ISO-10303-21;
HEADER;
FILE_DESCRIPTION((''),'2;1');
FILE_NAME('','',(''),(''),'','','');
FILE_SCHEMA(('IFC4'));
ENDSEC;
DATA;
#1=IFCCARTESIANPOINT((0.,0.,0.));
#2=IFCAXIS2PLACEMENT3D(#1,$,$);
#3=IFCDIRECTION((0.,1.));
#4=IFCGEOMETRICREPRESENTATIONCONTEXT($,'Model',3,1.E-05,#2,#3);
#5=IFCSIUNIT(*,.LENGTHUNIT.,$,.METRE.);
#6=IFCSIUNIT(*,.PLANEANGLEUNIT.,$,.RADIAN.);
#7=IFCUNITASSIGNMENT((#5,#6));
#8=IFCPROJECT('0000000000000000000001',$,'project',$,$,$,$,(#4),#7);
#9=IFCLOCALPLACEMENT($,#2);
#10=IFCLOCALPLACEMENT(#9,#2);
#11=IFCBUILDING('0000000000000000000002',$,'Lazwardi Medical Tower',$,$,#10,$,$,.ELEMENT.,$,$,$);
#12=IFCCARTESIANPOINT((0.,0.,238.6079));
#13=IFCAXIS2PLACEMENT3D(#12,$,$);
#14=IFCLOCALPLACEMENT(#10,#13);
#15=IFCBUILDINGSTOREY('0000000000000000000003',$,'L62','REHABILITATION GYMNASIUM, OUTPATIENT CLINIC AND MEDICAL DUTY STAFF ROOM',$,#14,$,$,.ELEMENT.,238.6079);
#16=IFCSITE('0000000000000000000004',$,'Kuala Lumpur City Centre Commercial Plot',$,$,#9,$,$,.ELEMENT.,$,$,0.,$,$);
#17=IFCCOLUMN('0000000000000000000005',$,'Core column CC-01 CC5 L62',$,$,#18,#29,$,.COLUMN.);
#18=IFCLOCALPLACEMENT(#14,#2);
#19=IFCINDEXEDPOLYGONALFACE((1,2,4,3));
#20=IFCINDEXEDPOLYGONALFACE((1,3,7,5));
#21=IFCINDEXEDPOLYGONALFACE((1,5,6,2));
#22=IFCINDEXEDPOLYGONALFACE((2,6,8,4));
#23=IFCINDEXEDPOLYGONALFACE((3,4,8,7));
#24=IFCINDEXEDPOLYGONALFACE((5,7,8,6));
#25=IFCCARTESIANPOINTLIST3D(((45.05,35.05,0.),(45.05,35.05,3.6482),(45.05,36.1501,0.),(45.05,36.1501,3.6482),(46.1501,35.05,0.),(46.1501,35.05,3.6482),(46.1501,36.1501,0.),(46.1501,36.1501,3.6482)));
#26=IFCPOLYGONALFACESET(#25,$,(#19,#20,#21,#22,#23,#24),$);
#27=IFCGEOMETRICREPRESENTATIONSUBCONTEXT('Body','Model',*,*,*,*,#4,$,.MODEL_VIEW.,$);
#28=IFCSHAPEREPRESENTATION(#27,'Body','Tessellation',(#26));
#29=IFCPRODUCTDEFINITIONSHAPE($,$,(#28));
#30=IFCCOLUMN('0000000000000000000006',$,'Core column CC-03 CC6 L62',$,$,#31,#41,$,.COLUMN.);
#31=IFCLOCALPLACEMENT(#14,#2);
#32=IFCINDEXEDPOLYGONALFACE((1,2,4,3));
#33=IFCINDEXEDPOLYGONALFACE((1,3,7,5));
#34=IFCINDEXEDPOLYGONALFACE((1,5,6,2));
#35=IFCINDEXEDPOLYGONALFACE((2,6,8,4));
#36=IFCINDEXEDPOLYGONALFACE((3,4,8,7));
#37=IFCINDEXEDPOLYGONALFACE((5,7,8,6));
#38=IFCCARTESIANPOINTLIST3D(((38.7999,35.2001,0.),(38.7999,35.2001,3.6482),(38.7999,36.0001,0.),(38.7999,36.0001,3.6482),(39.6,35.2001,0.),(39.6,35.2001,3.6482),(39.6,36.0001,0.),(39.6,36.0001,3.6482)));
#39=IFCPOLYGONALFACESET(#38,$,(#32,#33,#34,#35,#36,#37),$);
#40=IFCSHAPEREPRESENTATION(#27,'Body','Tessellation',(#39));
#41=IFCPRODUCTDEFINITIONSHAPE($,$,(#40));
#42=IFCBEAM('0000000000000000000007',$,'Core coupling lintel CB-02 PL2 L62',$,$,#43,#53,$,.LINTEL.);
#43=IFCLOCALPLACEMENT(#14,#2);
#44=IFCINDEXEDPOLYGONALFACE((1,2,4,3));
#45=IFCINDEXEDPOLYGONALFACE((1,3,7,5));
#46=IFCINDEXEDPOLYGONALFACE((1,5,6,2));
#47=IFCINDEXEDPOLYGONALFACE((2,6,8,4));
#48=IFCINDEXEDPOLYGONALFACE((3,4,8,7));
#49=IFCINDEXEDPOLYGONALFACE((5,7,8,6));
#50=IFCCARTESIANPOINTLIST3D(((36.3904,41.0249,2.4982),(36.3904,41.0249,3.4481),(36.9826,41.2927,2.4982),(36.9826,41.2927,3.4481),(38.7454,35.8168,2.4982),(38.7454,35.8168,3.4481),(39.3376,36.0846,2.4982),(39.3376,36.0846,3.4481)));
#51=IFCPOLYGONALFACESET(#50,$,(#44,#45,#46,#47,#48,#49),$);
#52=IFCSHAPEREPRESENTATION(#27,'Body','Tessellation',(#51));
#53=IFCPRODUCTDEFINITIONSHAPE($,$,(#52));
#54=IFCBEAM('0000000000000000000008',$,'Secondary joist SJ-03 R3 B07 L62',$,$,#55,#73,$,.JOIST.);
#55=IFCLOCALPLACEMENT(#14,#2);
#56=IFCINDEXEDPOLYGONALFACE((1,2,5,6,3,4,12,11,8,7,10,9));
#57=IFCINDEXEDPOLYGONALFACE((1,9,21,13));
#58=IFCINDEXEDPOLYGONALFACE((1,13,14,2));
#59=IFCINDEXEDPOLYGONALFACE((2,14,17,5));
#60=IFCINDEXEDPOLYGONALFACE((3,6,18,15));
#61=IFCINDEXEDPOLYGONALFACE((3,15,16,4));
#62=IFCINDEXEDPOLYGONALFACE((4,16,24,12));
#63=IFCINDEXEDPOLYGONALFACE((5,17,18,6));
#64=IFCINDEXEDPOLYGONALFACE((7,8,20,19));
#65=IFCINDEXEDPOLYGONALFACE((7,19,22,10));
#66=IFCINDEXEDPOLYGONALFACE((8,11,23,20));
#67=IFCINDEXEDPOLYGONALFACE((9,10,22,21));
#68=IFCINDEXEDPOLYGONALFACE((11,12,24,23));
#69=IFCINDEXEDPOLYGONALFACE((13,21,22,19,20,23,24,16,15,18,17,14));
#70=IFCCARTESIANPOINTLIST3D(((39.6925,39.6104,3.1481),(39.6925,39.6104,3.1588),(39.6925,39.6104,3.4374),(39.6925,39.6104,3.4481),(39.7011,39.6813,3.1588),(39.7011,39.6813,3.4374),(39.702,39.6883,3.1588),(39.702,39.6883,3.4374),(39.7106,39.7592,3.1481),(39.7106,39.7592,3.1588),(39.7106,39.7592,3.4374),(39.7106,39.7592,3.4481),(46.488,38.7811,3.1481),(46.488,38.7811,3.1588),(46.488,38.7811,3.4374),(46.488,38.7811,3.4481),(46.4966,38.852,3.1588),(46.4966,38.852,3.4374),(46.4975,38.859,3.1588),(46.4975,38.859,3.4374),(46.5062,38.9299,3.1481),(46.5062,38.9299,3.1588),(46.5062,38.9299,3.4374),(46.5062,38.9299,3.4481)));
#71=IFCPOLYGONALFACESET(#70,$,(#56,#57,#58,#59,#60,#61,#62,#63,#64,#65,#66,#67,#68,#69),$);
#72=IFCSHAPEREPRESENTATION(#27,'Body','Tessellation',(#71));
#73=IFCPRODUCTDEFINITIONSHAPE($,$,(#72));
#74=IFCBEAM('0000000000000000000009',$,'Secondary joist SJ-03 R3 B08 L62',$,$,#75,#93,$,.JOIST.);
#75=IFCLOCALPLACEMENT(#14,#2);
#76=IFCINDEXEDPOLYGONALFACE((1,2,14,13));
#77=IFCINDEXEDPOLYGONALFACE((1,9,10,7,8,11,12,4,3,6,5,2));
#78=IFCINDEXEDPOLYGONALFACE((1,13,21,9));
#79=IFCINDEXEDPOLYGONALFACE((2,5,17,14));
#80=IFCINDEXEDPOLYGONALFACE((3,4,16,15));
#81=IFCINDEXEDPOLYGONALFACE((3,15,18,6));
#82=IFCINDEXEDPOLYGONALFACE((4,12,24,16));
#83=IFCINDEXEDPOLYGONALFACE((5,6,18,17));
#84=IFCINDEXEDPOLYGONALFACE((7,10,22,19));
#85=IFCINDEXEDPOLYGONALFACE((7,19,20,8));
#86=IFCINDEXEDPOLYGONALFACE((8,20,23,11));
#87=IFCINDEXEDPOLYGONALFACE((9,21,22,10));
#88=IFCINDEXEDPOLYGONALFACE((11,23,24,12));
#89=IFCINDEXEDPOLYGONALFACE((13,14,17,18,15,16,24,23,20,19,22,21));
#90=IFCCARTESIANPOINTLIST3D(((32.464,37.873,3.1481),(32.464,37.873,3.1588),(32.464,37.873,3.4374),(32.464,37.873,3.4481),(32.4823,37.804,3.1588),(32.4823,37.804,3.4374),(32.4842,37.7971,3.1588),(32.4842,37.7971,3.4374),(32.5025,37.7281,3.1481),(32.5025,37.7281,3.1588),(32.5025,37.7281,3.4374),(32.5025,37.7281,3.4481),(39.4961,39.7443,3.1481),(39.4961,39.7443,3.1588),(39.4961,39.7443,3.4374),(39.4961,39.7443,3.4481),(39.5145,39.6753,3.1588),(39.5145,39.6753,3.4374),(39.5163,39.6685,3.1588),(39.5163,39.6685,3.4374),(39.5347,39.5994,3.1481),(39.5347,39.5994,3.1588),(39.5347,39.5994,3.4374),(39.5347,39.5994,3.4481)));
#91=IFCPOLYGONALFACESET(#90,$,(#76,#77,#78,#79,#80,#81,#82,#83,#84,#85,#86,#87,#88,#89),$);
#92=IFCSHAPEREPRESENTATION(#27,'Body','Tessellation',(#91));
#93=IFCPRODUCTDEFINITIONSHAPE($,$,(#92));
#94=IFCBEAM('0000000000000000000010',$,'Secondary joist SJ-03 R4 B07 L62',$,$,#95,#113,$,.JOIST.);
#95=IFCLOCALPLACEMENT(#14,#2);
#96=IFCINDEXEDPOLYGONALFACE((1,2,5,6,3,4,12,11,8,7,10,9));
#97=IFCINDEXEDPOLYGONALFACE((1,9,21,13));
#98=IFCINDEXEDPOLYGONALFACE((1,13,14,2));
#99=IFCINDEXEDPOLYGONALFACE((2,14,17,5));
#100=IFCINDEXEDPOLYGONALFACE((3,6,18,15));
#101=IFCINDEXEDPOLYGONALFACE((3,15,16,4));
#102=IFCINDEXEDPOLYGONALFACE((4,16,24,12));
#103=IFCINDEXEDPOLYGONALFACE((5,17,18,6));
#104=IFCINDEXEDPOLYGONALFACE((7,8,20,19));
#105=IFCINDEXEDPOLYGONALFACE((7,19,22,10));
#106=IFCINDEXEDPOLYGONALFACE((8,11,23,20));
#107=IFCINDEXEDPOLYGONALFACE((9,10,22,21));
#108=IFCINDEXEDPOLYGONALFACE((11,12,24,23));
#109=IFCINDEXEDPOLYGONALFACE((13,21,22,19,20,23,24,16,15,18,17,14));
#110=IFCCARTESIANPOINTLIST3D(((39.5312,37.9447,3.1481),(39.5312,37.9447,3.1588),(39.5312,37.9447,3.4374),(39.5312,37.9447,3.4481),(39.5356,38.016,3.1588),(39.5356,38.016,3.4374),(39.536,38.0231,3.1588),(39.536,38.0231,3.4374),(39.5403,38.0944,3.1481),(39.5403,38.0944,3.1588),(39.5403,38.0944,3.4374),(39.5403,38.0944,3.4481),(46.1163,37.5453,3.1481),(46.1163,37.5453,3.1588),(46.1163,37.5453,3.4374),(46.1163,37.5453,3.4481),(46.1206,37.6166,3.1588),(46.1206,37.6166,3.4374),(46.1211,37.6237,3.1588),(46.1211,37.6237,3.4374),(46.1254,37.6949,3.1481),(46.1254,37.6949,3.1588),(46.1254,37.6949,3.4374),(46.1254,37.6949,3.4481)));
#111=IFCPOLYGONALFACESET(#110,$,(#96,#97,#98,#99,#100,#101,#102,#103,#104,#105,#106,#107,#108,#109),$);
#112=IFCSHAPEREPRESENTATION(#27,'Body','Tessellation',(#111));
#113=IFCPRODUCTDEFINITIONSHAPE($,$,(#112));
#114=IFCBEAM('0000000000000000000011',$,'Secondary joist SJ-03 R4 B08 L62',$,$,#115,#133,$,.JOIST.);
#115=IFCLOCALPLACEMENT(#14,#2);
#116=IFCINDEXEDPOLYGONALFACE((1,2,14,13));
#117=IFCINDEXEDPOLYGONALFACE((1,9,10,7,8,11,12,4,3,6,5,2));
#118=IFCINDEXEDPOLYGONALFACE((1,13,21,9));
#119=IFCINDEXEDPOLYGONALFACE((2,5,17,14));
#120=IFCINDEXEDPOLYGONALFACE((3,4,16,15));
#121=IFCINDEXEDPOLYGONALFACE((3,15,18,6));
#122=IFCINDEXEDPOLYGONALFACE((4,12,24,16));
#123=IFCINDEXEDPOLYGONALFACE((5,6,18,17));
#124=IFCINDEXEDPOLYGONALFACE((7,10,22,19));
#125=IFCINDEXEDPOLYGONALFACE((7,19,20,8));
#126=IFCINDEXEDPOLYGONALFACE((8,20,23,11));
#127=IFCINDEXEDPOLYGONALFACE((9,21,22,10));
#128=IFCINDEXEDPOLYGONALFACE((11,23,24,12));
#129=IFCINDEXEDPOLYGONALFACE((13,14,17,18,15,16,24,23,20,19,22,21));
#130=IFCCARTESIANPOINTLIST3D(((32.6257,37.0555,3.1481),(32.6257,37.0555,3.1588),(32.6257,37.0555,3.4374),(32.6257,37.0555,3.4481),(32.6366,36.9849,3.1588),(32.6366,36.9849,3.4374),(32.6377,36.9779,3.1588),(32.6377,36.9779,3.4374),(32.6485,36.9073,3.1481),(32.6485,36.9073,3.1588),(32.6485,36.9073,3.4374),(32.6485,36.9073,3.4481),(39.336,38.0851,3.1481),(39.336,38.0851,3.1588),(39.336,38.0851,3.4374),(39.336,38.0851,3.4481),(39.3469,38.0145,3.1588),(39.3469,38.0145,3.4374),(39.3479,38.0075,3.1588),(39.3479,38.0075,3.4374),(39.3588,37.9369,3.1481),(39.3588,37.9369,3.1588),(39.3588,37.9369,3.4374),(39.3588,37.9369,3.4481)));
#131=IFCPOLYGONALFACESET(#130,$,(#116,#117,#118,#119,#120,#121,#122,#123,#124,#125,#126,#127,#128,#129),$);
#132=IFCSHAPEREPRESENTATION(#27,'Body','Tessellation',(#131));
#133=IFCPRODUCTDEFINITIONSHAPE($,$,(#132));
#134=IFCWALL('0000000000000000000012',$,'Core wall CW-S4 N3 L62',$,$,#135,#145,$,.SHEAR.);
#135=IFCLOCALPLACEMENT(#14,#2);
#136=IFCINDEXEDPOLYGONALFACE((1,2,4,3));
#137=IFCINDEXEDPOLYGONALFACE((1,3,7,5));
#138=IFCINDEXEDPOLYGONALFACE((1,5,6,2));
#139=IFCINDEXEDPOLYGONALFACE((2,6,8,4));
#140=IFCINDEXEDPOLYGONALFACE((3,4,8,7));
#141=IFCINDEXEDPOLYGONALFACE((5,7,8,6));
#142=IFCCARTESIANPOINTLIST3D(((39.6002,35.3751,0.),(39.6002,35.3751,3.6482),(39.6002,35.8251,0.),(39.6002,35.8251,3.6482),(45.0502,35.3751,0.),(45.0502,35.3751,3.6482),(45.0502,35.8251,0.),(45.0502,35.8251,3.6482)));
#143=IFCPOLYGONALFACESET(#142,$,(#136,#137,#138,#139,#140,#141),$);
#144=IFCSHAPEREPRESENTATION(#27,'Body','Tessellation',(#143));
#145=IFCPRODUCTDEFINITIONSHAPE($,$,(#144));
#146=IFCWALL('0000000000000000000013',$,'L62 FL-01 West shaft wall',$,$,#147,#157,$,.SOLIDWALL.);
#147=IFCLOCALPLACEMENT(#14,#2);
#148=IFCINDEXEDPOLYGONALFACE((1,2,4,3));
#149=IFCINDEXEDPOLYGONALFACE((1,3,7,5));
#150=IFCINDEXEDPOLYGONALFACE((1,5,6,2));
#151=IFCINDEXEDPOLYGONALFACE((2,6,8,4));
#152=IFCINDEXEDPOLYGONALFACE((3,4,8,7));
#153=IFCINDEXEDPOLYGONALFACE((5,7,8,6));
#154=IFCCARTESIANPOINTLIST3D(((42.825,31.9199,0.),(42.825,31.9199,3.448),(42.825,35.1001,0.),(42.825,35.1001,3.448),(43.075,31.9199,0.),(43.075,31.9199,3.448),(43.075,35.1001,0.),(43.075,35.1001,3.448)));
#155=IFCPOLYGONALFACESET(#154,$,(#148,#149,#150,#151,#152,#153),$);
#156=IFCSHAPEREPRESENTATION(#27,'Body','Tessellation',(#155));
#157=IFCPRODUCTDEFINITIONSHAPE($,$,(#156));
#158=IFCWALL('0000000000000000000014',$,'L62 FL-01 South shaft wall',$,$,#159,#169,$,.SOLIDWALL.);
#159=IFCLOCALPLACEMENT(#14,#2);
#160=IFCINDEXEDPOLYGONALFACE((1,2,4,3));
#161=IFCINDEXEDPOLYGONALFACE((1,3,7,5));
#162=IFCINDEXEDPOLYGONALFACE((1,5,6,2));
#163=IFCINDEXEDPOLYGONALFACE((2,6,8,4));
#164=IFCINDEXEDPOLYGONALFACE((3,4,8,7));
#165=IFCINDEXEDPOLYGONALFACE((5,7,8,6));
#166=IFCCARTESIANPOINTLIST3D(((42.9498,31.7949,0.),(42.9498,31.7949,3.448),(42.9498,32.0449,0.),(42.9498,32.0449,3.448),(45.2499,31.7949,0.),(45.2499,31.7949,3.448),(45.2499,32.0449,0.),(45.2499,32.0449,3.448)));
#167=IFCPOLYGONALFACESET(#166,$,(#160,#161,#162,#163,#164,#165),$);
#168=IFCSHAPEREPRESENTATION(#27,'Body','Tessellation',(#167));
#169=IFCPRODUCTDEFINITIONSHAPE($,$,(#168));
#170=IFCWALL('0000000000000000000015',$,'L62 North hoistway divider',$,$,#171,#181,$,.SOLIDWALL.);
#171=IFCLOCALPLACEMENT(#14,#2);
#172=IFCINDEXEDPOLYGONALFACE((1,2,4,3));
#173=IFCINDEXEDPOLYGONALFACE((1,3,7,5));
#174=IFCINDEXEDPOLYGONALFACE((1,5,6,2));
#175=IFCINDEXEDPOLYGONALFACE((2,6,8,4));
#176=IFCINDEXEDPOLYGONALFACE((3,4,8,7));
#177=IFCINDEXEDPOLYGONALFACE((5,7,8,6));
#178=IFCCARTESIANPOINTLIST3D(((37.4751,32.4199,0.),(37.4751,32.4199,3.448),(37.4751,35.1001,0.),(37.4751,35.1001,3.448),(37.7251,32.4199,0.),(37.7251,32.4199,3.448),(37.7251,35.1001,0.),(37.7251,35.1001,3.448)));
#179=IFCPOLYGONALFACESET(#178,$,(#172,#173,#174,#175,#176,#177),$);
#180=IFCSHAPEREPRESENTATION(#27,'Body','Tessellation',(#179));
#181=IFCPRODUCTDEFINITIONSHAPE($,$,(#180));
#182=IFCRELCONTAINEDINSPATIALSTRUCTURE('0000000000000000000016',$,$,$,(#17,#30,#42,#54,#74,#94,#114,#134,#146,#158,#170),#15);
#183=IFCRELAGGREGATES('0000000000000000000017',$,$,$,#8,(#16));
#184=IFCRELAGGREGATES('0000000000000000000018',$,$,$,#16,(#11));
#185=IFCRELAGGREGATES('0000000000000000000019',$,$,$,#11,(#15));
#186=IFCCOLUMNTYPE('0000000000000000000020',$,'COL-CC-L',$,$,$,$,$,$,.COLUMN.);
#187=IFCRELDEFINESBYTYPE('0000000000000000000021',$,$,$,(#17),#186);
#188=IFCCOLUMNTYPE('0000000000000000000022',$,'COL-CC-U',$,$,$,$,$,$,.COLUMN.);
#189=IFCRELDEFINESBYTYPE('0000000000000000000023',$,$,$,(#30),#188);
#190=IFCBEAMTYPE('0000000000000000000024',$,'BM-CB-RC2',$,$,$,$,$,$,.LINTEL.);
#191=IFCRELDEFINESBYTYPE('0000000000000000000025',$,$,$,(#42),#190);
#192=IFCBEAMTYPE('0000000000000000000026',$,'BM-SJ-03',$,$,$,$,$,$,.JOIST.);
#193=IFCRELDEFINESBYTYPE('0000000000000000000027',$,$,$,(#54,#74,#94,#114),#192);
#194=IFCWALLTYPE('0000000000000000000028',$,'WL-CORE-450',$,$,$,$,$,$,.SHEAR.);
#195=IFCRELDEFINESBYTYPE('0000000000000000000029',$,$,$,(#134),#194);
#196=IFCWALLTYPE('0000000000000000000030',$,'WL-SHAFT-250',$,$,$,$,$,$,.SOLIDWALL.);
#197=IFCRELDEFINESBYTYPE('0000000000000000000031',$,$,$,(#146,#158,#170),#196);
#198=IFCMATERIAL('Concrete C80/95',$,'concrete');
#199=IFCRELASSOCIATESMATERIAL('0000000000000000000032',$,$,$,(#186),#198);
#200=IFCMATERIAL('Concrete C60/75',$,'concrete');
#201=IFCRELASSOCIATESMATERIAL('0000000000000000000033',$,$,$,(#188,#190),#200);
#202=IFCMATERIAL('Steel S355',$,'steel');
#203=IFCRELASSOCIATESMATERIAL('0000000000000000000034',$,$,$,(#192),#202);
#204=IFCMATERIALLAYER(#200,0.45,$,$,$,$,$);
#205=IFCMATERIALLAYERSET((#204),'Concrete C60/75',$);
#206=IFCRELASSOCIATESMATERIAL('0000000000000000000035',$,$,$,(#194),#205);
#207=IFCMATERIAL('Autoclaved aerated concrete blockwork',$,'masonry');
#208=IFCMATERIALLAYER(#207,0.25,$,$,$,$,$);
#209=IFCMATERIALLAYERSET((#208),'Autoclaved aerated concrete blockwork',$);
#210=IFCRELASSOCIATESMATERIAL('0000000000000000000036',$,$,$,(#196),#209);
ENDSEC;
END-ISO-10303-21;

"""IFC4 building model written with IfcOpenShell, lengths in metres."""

from ifc_helpers import new_model, si_unit, direction, frame, frame_2d, origin, origin_2d, place, context, subcontext, project, spatial, rectangle, i_section, extrude, material, layer, layer_set, material_profile, profile_set, type_object, element, save


model = new_model("IFC4")

# Units and contexts
model_context = context("Model", 3, precision=1e-05, world=origin(), true_north=direction((0.0, 1.0)))
body_context = subcontext(model_context, "Body", "Model", "MODEL_VIEW")
ifc_project = project(units=[si_unit("LENGTHUNIT", "METRE"), si_unit("PLANEANGLEUNIT", "RADIAN")], contexts=[model_context])

# Site, building, storey
site_placement = place(None, origin())
site = spatial("IfcSite", under=ifc_project, at=site_placement, Name="Kuala Lumpur City Centre Commercial Plot", CompositionType="ELEMENT", RefElevation=0.0)
building_placement = place(site_placement, origin())
building = spatial("IfcBuilding", under=site, at=building_placement, Name="Lazwardi Medical Tower", CompositionType="ELEMENT")
storey_placement = place(building_placement, frame((0.0, 0.0, 238.6079)))
storey = spatial("IfcBuildingStorey", under=building, at=storey_placement, Name="L62", Description="REHABILITATION GYMNASIUM, OUTPATIENT CLINIC AND MEDICAL DUTY STAFF ROOM", CompositionType="ELEMENT", Elevation=238.6079)

# Columns
ifc_material_1 = material(Name="Concrete C80/95", Category="concrete")
ifc_material_profile_1 = material_profile(ifc_material_1, rectangle(XDim=1.1001, YDim=1.1001, at=origin_2d()), Name="RC 1100x1100")
ifc_profile_set_1 = profile_set([ifc_material_profile_1], Name="Concrete C80/95")
column_type_1 = type_object("IfcColumnType", Name="COL-CC-L", PredefinedType="COLUMN", material=ifc_profile_set_1)
column_1_placement = place(storey_placement, frame((45.6001, 35.6001, 0.0), z_axis=(0.0, 0.0, 1.0), x_axis=(1.0, 0.0, 0.0)))
element("IfcColumn", 1, at=column_1_placement, inside=storey, type_object=column_type_1, Name="Core column CC-01 CC5 L62", PredefinedType="COLUMN", context=body_context, shape_type="SweptSolid", body=[
    extrude(rectangle(XDim=1.1001, YDim=1.1001, at=origin_2d()), origin(), (0.0, 0.0, 1.0), 3.6482),
])
ifc_material_2 = material(Name="Concrete C60/75", Category="concrete")
ifc_material_profile_2 = material_profile(ifc_material_2, rectangle(XDim=0.8, YDim=0.8, at=origin_2d()), Name="RC 800x800")
ifc_profile_set_2 = profile_set([ifc_material_profile_2], Name="Concrete C60/75")
column_type_2 = type_object("IfcColumnType", Name="COL-CC-U", PredefinedType="COLUMN", material=ifc_profile_set_2)
column_2_placement = place(storey_placement, frame((39.2, 35.6001, 0.0), z_axis=(0.0, 0.0, 1.0), x_axis=(1.0, 0.0, 0.0)))
element("IfcColumn", 2, at=column_2_placement, inside=storey, type_object=column_type_2, Name="Core column CC-03 CC6 L62", PredefinedType="COLUMN", context=body_context, shape_type="SweptSolid", body=[
    extrude(rectangle(XDim=0.8, YDim=0.8, at=origin_2d()), origin(), (0.0, 0.0, 1.0), 3.6482),
])

# Beams
ifc_material_profile_3 = material_profile(ifc_material_2, rectangle(XDim=0.6499, YDim=0.95, at=origin_2d()), Name="RC 650x950")
ifc_profile_set_3 = profile_set([ifc_material_profile_3], Name="Concrete C60/75")
beam_type_1 = type_object("IfcBeamType", Name="BM-CB-RC2", PredefinedType="LINTEL", material=ifc_profile_set_3)
beam_1_placement = place(storey_placement, frame((39.0415, 35.9507, 2.9731), z_axis=(-0.412019, 0.911175, 0.0), x_axis=(-0.911175, -0.412019, 0.0)))
element("IfcBeam", 3, at=beam_1_placement, inside=storey, type_object=beam_type_1, Name="Core coupling lintel CB-02 PL2 L62", PredefinedType="LINTEL", context=body_context, shape_type="SweptSolid", body=[
    extrude(rectangle(XDim=0.6499, YDim=0.95, at=origin_2d()), origin(), (0.0, 0.0, 1.0), 5.7158),
])
ifc_material_3 = material(Name="Steel S355", Category="steel")
ifc_material_profile_4 = material_profile(ifc_material_3, i_section(OverallWidth=0.1499, OverallDepth=0.3, WebThickness=0.0071, FlangeThickness=0.0107, at=origin_2d()), Name="IPE 300")
ifc_profile_set_4 = profile_set([ifc_material_profile_4], Name="Steel S355")
beam_type_2 = type_object("IfcBeamType", Name="BM-SJ-03", PredefinedType="JOIST", material=ifc_profile_set_4)
beam_2_placement = place(storey_placement, frame((46.4971, 38.8555, 3.2981), z_axis=(-0.992635, 0.121146, 0.0), x_axis=(-0.121146, -0.992635, 0.0)))
element("IfcBeam", 4, at=beam_2_placement, inside=storey, type_object=beam_type_2, Name="Secondary joist SJ-03 R3 B07 L62", PredefinedType="JOIST", context=body_context, shape_type="SweptSolid", body=[
    extrude(i_section(OverallWidth=0.1499, OverallDepth=0.3, WebThickness=0.0071, FlangeThickness=0.0107, at=origin_2d()), origin(), (0.0, 0.0, 1.0), 6.8459),
])
beam_3_placement = place(storey_placement, frame((39.5154, 39.6719, 3.2981), z_axis=(-0.966369, -0.257159, 0.0), x_axis=(0.257159, -0.966369, 0.0)))
element("IfcBeam", 5, at=beam_3_placement, inside=storey, type_object=beam_type_2, Name="Secondary joist SJ-03 R3 B08 L62", PredefinedType="JOIST", context=body_context, shape_type="SweptSolid", body=[
    extrude(i_section(OverallWidth=0.1499, OverallDepth=0.3, WebThickness=0.0071, FlangeThickness=0.0107, at=origin_2d()), origin(), (0.0, 0.0, 1.0), 7.2769),
])
beam_4_placement = place(storey_placement, frame((46.1208, 37.6201, 3.2981), z_axis=(-0.998166, 0.060544, 0.0), x_axis=(-0.060544, -0.998166, 0.0)))
element("IfcBeam", 6, at=beam_4_placement, inside=storey, type_object=beam_type_2, Name="Secondary joist SJ-03 R4 B07 L62", PredefinedType="JOIST", context=body_context, shape_type="SweptSolid", body=[
    extrude(i_section(OverallWidth=0.1499, OverallDepth=0.3, WebThickness=0.0071, FlangeThickness=0.0107, at=origin_2d()), origin(), (0.0, 0.0, 1.0), 6.5972),
])
beam_5_placement = place(storey_placement, frame((39.3474, 38.011, 3.2981), z_axis=(-0.988434, -0.151655, 0.0), x_axis=(0.151655, -0.988434, 0.0)))
element("IfcBeam", 7, at=beam_5_placement, inside=storey, type_object=beam_type_2, Name="Secondary joist SJ-03 R4 B08 L62", PredefinedType="JOIST", context=body_context, shape_type="SweptSolid", body=[
    extrude(i_section(OverallWidth=0.1499, OverallDepth=0.3, WebThickness=0.0071, FlangeThickness=0.0107, at=origin_2d()), origin(), (0.0, 0.0, 1.0), 6.7888),
])

# Walls
ifc_layer_1 = layer(ifc_material_2, 0.45)
ifc_layer_set_1 = layer_set([ifc_layer_1], Name="Concrete C60/75")
wall_type_1 = type_object("IfcWallType", Name="WL-CORE-450", PredefinedType="SHEAR", material=ifc_layer_set_1)
wall_1_placement = place(storey_placement, frame((39.6001, 35.6001, 0.0), z_axis=(0.0, 0.0, 1.0), x_axis=(1.0, 0.0, 0.0)))
element("IfcWall", 8, at=wall_1_placement, inside=storey, type_object=wall_type_1, Name="Core wall CW-S4 N3 L62", PredefinedType="SHEAR", context=body_context, shape_type="SweptSolid", body=[
    extrude(rectangle(XDim=5.45, YDim=0.45, at=frame_2d((2.7251, 0.0))), origin(), (0.0, 0.0, 1.0), 3.6482),
])
ifc_material_4 = material(Name="Autoclaved aerated concrete blockwork", Category="masonry")
ifc_layer_2 = layer(ifc_material_4, 0.25)
ifc_layer_set_2 = layer_set([ifc_layer_2], Name="Autoclaved aerated concrete blockwork")
wall_type_2 = type_object("IfcWallType", Name="WL-SHAFT-250", PredefinedType="SOLIDWALL", material=ifc_layer_set_2)
wall_2_placement = place(storey_placement, frame((42.95, 31.9199, 0.0), z_axis=(0.0, 0.0, 1.0), x_axis=(0.0, 1.0, 0.0)))
element("IfcWall", 9, at=wall_2_placement, inside=storey, type_object=wall_type_2, Name="L62 FL-01 West shaft wall", PredefinedType="SOLIDWALL", context=body_context, shape_type="SweptSolid", body=[
    extrude(rectangle(XDim=3.1802, YDim=0.25, at=frame_2d((1.5901, 0.0))), origin(), (0.0, 0.0, 1.0), 3.448),
])
wall_3_placement = place(storey_placement, frame((42.95, 31.9199, 0.0), z_axis=(0.0, 0.0, 1.0), x_axis=(1.0, 0.0, 0.0)))
element("IfcWall", 10, at=wall_3_placement, inside=storey, type_object=wall_type_2, Name="L62 FL-01 South shaft wall", PredefinedType="SOLIDWALL", context=body_context, shape_type="SweptSolid", body=[
    extrude(rectangle(XDim=2.3, YDim=0.25, at=frame_2d((1.1499, 0.0))), origin(), (0.0, 0.0, 1.0), 3.448),
])
for number, where, z_axis, x_axis, name in (
    (11, (37.6001, 32.4199, 0.0), (0.0, 0.0, 1.0), (0.0, 1.0, 0.0), "L62 North hoistway divider"),
):
    element("IfcWall", number, at=place(storey_placement, frame(where, z_axis=z_axis, x_axis=x_axis)), inside=storey, type_object=wall_type_2, Name=name, PredefinedType="SOLIDWALL", context=body_context, shape_type="SweptSolid", body=[
        extrude(rectangle(XDim=2.6802, YDim=0.25, at=frame_2d((1.3401, 0.0))), origin(), (0.0, 0.0, 1.0), 3.448),
    ])

save(model, "model.ifc")
